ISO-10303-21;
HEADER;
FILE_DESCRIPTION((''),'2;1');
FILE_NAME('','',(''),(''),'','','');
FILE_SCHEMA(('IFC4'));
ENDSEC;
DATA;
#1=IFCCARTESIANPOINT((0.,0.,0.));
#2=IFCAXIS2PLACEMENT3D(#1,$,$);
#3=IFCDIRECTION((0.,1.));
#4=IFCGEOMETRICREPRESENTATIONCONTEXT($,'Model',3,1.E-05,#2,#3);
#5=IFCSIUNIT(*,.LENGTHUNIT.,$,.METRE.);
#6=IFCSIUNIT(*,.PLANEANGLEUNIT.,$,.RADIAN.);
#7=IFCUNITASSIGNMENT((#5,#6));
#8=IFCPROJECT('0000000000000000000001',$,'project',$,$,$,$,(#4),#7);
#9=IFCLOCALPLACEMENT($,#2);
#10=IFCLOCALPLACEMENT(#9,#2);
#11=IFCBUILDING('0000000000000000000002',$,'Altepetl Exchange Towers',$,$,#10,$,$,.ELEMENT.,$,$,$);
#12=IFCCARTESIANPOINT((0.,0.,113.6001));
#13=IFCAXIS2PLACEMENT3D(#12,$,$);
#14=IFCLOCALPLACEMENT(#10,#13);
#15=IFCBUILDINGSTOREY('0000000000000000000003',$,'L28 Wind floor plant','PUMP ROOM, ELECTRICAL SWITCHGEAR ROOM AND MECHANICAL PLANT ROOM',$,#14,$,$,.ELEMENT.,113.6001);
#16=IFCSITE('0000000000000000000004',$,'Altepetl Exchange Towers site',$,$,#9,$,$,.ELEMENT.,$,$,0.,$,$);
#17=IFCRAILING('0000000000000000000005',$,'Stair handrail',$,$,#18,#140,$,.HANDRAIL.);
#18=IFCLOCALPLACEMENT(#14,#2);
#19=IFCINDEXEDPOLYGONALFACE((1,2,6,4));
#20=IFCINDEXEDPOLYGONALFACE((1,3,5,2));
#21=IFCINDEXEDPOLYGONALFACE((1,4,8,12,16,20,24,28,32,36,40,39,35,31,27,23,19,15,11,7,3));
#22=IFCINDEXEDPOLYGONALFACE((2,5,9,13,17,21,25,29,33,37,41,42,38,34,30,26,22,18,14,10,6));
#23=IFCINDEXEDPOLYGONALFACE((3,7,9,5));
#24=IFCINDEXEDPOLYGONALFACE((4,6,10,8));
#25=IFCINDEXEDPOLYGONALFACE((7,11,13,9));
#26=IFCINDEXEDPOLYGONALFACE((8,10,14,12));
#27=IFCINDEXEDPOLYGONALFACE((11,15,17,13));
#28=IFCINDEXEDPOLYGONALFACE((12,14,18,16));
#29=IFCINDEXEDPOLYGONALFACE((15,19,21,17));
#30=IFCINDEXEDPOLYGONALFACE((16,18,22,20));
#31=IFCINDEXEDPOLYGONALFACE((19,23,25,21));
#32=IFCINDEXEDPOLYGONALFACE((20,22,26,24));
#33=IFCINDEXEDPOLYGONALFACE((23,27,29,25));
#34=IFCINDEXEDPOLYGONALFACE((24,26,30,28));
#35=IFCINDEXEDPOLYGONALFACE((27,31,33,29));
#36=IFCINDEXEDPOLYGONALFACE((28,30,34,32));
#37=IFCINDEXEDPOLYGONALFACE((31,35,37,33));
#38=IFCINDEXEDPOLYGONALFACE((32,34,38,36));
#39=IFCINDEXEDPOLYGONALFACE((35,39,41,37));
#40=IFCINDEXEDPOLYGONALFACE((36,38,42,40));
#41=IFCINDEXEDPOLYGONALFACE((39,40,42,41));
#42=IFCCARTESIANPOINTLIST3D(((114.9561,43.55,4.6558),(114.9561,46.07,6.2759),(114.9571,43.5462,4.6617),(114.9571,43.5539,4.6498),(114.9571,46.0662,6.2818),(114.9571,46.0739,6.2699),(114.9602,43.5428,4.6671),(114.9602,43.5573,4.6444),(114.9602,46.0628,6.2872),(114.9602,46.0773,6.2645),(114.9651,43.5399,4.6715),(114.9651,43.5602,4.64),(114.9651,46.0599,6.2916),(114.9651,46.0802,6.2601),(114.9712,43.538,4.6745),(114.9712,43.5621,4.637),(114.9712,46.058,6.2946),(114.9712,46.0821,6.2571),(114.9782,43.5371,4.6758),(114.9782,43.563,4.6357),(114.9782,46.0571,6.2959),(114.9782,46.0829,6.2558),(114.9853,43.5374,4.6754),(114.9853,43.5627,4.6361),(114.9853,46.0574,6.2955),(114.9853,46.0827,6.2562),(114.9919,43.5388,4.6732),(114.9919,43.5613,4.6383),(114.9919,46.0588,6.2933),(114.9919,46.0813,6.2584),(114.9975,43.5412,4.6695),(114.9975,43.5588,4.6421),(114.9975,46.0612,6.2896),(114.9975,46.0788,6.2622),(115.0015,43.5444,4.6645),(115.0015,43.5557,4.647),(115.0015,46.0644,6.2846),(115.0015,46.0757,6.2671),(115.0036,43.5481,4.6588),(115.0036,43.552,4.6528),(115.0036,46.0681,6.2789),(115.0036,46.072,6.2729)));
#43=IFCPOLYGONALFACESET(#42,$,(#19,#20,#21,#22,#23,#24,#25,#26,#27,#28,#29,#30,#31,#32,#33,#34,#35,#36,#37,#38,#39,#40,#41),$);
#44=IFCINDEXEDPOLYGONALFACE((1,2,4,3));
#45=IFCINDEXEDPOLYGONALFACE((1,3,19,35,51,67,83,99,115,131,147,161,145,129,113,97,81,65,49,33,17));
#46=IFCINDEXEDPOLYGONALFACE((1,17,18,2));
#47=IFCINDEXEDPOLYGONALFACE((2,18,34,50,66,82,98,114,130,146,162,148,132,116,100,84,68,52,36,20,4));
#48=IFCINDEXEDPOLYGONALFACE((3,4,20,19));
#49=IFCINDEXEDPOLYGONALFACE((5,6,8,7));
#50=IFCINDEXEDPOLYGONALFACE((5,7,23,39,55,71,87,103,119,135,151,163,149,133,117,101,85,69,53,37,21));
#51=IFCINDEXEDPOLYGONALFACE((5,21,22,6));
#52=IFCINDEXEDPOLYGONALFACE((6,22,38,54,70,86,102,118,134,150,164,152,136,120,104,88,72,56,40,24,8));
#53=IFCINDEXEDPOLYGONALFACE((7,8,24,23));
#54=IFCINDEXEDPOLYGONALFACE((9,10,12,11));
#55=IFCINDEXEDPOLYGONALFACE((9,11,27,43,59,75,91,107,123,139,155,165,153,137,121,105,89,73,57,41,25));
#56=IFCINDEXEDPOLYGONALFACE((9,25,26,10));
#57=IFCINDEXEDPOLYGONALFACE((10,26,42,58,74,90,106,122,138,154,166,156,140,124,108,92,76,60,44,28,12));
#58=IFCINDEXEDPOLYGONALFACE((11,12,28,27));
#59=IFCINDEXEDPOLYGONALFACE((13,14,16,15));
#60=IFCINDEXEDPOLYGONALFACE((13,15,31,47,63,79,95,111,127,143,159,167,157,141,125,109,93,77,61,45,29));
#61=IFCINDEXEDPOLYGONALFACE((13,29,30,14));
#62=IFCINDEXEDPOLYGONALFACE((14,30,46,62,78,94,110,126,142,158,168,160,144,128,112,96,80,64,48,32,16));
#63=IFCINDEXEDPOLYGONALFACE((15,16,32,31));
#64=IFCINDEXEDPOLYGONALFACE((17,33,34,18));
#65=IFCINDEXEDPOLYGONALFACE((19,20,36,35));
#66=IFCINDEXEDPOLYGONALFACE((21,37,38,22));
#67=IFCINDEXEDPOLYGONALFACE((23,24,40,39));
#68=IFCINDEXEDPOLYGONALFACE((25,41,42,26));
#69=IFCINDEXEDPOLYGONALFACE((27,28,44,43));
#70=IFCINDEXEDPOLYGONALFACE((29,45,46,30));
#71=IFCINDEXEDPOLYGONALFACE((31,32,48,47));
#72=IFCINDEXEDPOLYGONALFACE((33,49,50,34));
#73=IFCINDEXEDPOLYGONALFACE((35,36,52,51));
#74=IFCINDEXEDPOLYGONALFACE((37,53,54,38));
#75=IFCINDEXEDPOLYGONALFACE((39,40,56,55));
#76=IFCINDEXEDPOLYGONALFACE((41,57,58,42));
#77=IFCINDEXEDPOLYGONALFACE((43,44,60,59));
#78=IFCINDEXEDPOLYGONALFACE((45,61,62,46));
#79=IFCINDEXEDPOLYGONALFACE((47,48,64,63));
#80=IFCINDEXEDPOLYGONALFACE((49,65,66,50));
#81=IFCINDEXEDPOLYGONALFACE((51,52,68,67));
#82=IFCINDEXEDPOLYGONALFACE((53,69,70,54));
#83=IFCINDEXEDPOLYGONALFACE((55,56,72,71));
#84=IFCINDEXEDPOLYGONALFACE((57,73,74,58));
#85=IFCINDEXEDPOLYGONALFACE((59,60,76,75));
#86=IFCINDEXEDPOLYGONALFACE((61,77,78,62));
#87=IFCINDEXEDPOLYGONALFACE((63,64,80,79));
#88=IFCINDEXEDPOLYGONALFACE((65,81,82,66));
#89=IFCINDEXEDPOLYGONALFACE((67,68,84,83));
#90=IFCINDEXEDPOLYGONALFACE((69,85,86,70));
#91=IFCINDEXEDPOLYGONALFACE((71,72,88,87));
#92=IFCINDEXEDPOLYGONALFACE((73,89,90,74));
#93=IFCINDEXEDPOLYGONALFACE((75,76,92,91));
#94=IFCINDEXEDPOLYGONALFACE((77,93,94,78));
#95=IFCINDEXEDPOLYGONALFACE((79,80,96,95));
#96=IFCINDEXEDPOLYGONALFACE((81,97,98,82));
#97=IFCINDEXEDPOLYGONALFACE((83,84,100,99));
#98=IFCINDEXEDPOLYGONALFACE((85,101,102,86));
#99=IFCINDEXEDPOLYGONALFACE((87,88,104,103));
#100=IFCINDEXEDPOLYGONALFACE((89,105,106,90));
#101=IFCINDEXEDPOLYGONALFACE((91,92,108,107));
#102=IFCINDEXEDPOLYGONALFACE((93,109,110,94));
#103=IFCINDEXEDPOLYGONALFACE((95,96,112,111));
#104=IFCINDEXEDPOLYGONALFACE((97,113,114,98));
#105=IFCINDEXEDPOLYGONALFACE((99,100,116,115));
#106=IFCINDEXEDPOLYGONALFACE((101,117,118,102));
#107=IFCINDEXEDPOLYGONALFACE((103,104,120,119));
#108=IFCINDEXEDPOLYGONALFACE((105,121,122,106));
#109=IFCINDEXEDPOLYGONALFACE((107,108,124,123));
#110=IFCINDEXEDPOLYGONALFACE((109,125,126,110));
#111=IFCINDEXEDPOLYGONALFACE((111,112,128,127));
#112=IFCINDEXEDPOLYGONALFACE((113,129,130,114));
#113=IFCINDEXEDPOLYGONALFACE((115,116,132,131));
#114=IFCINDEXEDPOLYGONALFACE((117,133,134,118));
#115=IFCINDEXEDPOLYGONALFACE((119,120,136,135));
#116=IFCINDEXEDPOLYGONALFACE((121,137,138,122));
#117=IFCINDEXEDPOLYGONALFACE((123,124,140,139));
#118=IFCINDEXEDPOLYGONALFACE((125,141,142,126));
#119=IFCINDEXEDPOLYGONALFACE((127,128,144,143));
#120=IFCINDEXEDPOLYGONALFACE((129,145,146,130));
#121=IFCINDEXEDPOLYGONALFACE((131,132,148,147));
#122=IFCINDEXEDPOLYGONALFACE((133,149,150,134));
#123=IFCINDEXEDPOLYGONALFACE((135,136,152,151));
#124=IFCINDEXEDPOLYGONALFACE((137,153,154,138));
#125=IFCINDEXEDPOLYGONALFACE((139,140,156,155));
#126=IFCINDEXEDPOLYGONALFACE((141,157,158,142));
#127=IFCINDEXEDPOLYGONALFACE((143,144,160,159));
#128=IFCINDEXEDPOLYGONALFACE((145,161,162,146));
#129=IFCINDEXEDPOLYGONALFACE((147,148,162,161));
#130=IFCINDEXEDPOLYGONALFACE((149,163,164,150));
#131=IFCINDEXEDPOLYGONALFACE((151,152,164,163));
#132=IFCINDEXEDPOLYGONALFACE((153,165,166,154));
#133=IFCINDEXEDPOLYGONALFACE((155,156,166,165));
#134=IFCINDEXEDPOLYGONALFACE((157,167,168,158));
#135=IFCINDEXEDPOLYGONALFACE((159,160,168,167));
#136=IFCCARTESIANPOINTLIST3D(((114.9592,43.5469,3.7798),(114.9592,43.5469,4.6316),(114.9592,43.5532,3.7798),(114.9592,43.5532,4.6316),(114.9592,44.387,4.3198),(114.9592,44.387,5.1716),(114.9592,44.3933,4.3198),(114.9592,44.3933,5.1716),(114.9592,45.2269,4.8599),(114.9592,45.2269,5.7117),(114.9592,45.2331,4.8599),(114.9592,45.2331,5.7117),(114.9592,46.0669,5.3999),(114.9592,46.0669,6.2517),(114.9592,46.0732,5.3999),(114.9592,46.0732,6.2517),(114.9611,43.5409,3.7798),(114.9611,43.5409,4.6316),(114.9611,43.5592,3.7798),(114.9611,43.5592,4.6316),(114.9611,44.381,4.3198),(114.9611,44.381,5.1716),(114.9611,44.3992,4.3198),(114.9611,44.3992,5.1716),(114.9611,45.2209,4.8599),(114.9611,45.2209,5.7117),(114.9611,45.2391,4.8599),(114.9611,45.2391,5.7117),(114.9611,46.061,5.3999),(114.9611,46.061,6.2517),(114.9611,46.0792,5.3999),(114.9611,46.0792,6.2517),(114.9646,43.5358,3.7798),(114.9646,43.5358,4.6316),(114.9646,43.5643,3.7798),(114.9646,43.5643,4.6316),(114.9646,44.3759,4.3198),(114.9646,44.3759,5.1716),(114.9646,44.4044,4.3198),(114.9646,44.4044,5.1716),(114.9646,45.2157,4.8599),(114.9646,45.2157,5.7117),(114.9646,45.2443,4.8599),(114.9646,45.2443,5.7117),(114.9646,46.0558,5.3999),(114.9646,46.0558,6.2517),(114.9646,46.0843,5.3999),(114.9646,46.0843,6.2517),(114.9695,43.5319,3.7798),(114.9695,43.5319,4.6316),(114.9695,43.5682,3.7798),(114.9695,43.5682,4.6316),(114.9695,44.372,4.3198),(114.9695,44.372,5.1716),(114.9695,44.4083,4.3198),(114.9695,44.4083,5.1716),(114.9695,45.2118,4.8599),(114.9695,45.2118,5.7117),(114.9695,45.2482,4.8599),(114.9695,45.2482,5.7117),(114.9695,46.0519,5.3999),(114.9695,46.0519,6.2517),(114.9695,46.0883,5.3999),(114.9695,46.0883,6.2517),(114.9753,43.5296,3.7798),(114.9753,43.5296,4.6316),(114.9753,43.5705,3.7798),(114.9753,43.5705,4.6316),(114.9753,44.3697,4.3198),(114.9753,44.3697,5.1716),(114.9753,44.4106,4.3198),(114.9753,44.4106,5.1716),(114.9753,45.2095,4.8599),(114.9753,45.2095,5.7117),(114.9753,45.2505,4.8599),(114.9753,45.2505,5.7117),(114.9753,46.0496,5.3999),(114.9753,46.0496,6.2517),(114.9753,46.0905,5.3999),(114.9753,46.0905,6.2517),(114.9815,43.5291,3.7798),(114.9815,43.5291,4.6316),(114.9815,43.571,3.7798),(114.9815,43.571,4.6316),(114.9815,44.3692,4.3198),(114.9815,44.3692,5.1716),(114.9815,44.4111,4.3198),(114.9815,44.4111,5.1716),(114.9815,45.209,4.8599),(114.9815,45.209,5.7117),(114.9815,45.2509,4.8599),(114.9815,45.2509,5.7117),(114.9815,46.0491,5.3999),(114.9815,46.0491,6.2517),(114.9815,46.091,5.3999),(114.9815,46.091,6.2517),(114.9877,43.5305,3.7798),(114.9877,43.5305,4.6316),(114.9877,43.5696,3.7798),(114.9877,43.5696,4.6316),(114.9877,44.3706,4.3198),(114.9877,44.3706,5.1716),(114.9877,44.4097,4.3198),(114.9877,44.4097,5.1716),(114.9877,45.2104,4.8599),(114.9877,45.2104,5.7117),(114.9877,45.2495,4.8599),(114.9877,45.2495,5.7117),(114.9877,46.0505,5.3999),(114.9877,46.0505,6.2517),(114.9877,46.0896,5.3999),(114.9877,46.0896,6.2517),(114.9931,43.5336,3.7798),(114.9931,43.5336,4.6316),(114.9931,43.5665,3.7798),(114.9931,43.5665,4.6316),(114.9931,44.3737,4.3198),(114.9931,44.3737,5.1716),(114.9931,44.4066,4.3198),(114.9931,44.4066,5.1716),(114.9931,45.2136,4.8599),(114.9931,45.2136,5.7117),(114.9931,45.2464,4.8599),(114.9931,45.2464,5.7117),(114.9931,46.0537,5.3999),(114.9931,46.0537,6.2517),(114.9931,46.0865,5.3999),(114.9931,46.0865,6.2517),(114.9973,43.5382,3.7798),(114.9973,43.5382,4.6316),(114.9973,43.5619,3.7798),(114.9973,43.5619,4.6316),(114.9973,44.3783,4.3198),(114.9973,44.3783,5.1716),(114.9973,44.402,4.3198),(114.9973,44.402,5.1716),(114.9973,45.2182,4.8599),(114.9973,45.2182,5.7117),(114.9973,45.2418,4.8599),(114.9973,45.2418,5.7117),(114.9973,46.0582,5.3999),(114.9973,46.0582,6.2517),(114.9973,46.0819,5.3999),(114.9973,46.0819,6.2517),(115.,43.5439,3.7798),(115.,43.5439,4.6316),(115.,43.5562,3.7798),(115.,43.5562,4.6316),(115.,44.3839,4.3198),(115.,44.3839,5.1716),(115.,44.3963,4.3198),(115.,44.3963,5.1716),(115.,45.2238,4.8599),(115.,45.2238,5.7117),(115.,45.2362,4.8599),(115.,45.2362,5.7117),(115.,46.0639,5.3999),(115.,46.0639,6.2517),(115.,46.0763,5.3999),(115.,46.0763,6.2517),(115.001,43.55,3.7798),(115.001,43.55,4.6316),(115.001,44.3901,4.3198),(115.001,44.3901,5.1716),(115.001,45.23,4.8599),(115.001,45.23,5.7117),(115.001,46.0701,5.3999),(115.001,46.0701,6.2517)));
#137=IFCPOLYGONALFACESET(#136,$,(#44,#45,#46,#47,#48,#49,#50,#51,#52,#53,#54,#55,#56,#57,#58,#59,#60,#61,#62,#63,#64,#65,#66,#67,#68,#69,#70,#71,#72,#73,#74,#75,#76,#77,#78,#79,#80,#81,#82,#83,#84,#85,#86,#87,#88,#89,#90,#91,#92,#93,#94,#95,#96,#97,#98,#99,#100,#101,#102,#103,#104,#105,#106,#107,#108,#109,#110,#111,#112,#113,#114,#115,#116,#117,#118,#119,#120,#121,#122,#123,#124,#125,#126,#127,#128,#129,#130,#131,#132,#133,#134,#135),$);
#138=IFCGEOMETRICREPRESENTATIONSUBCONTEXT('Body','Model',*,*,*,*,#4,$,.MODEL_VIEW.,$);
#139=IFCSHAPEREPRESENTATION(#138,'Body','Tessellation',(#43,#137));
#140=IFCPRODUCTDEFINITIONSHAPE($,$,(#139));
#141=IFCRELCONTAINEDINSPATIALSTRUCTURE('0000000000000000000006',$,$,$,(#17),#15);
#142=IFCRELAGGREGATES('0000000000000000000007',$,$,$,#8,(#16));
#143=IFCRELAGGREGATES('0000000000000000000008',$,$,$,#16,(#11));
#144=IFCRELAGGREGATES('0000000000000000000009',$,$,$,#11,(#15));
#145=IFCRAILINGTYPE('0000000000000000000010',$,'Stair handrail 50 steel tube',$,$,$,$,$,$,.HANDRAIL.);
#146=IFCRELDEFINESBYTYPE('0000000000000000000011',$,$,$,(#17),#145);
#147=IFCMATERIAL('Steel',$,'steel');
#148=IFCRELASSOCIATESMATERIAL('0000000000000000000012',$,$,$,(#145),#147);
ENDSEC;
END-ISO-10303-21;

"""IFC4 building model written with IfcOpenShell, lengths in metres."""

from ifc_helpers import new_model, si_unit, direction, frame, origin, origin_2d, place, context, subcontext, project, spatial, circle, extrude, source, transform, mapped, material, type_object, element, save


model = new_model("IFC4")

# Units and contexts
model_context = context("Model", 3, precision=1e-05, world=origin(), true_north=direction((0.0, 1.0)))
body_context = subcontext(model_context, "Body", "Model", "MODEL_VIEW")
ifc_project = project(units=[si_unit("LENGTHUNIT", "METRE"), si_unit("PLANEANGLEUNIT", "RADIAN")], contexts=[model_context])

# Site, building, storey
site_placement = place(None, origin())
site = spatial("IfcSite", under=ifc_project, at=site_placement, Name="Altepetl Exchange Towers site", CompositionType="ELEMENT", RefElevation=0.0)
building_placement = place(site_placement, origin())
building = spatial("IfcBuilding", under=site, at=building_placement, Name="Altepetl Exchange Towers", CompositionType="ELEMENT")
storey_placement = place(building_placement, frame((0.0, 0.0, 113.6001)))
storey = spatial("IfcBuildingStorey", under=building, at=storey_placement, Name="L28 Wind floor plant", Description="PUMP ROOM, ELECTRICAL SWITCHGEAR ROOM AND MECHANICAL PLANT ROOM", CompositionType="ELEMENT", Elevation=113.6001)

# Railing
ifc_material_1 = material(Name="Steel", Category="steel")
railing_type_1 = type_object("IfcRailingType", Name="Stair handrail 50 steel tube", PredefinedType="HANDRAIL", material=ifc_material_1)
shared_shape_1 = source(origin(), body_context, "Body", "SweptSolid", [
    extrude(circle(Radius=0.021, at=origin_2d()), origin(), (0.0, 0.0, 1.0), 0.8518),
])
railing_1_placement = place(storey_placement, frame((114.98, 43.55, 3.7798)))
element("IfcRailing", 1, at=railing_1_placement, inside=storey, type_object=railing_type_1, Name="Stair handrail", PredefinedType="HANDRAIL", context=body_context, shape_type="SweptSolid", body=[
    extrude(circle(Radius=0.0239, at=origin_2d()), frame((0.0, 0.0, 0.876), z_axis=(0.0, 0.841163, 0.540782), x_axis=(-1.0, 0.0, 0.0)), (0.0, 0.0, 1.0), 2.9958),
    mapped(shared_shape_1, transform((0.0, 0.0, 0.0))),
    mapped(shared_shape_1, transform((0.0, 0.8401, 0.54))),
    mapped(shared_shape_1, transform((0.0, 1.6799, 1.0801))),
    mapped(shared_shape_1, transform((0.0, 2.52, 1.6201))),
])

save(model, "model.ifc")
